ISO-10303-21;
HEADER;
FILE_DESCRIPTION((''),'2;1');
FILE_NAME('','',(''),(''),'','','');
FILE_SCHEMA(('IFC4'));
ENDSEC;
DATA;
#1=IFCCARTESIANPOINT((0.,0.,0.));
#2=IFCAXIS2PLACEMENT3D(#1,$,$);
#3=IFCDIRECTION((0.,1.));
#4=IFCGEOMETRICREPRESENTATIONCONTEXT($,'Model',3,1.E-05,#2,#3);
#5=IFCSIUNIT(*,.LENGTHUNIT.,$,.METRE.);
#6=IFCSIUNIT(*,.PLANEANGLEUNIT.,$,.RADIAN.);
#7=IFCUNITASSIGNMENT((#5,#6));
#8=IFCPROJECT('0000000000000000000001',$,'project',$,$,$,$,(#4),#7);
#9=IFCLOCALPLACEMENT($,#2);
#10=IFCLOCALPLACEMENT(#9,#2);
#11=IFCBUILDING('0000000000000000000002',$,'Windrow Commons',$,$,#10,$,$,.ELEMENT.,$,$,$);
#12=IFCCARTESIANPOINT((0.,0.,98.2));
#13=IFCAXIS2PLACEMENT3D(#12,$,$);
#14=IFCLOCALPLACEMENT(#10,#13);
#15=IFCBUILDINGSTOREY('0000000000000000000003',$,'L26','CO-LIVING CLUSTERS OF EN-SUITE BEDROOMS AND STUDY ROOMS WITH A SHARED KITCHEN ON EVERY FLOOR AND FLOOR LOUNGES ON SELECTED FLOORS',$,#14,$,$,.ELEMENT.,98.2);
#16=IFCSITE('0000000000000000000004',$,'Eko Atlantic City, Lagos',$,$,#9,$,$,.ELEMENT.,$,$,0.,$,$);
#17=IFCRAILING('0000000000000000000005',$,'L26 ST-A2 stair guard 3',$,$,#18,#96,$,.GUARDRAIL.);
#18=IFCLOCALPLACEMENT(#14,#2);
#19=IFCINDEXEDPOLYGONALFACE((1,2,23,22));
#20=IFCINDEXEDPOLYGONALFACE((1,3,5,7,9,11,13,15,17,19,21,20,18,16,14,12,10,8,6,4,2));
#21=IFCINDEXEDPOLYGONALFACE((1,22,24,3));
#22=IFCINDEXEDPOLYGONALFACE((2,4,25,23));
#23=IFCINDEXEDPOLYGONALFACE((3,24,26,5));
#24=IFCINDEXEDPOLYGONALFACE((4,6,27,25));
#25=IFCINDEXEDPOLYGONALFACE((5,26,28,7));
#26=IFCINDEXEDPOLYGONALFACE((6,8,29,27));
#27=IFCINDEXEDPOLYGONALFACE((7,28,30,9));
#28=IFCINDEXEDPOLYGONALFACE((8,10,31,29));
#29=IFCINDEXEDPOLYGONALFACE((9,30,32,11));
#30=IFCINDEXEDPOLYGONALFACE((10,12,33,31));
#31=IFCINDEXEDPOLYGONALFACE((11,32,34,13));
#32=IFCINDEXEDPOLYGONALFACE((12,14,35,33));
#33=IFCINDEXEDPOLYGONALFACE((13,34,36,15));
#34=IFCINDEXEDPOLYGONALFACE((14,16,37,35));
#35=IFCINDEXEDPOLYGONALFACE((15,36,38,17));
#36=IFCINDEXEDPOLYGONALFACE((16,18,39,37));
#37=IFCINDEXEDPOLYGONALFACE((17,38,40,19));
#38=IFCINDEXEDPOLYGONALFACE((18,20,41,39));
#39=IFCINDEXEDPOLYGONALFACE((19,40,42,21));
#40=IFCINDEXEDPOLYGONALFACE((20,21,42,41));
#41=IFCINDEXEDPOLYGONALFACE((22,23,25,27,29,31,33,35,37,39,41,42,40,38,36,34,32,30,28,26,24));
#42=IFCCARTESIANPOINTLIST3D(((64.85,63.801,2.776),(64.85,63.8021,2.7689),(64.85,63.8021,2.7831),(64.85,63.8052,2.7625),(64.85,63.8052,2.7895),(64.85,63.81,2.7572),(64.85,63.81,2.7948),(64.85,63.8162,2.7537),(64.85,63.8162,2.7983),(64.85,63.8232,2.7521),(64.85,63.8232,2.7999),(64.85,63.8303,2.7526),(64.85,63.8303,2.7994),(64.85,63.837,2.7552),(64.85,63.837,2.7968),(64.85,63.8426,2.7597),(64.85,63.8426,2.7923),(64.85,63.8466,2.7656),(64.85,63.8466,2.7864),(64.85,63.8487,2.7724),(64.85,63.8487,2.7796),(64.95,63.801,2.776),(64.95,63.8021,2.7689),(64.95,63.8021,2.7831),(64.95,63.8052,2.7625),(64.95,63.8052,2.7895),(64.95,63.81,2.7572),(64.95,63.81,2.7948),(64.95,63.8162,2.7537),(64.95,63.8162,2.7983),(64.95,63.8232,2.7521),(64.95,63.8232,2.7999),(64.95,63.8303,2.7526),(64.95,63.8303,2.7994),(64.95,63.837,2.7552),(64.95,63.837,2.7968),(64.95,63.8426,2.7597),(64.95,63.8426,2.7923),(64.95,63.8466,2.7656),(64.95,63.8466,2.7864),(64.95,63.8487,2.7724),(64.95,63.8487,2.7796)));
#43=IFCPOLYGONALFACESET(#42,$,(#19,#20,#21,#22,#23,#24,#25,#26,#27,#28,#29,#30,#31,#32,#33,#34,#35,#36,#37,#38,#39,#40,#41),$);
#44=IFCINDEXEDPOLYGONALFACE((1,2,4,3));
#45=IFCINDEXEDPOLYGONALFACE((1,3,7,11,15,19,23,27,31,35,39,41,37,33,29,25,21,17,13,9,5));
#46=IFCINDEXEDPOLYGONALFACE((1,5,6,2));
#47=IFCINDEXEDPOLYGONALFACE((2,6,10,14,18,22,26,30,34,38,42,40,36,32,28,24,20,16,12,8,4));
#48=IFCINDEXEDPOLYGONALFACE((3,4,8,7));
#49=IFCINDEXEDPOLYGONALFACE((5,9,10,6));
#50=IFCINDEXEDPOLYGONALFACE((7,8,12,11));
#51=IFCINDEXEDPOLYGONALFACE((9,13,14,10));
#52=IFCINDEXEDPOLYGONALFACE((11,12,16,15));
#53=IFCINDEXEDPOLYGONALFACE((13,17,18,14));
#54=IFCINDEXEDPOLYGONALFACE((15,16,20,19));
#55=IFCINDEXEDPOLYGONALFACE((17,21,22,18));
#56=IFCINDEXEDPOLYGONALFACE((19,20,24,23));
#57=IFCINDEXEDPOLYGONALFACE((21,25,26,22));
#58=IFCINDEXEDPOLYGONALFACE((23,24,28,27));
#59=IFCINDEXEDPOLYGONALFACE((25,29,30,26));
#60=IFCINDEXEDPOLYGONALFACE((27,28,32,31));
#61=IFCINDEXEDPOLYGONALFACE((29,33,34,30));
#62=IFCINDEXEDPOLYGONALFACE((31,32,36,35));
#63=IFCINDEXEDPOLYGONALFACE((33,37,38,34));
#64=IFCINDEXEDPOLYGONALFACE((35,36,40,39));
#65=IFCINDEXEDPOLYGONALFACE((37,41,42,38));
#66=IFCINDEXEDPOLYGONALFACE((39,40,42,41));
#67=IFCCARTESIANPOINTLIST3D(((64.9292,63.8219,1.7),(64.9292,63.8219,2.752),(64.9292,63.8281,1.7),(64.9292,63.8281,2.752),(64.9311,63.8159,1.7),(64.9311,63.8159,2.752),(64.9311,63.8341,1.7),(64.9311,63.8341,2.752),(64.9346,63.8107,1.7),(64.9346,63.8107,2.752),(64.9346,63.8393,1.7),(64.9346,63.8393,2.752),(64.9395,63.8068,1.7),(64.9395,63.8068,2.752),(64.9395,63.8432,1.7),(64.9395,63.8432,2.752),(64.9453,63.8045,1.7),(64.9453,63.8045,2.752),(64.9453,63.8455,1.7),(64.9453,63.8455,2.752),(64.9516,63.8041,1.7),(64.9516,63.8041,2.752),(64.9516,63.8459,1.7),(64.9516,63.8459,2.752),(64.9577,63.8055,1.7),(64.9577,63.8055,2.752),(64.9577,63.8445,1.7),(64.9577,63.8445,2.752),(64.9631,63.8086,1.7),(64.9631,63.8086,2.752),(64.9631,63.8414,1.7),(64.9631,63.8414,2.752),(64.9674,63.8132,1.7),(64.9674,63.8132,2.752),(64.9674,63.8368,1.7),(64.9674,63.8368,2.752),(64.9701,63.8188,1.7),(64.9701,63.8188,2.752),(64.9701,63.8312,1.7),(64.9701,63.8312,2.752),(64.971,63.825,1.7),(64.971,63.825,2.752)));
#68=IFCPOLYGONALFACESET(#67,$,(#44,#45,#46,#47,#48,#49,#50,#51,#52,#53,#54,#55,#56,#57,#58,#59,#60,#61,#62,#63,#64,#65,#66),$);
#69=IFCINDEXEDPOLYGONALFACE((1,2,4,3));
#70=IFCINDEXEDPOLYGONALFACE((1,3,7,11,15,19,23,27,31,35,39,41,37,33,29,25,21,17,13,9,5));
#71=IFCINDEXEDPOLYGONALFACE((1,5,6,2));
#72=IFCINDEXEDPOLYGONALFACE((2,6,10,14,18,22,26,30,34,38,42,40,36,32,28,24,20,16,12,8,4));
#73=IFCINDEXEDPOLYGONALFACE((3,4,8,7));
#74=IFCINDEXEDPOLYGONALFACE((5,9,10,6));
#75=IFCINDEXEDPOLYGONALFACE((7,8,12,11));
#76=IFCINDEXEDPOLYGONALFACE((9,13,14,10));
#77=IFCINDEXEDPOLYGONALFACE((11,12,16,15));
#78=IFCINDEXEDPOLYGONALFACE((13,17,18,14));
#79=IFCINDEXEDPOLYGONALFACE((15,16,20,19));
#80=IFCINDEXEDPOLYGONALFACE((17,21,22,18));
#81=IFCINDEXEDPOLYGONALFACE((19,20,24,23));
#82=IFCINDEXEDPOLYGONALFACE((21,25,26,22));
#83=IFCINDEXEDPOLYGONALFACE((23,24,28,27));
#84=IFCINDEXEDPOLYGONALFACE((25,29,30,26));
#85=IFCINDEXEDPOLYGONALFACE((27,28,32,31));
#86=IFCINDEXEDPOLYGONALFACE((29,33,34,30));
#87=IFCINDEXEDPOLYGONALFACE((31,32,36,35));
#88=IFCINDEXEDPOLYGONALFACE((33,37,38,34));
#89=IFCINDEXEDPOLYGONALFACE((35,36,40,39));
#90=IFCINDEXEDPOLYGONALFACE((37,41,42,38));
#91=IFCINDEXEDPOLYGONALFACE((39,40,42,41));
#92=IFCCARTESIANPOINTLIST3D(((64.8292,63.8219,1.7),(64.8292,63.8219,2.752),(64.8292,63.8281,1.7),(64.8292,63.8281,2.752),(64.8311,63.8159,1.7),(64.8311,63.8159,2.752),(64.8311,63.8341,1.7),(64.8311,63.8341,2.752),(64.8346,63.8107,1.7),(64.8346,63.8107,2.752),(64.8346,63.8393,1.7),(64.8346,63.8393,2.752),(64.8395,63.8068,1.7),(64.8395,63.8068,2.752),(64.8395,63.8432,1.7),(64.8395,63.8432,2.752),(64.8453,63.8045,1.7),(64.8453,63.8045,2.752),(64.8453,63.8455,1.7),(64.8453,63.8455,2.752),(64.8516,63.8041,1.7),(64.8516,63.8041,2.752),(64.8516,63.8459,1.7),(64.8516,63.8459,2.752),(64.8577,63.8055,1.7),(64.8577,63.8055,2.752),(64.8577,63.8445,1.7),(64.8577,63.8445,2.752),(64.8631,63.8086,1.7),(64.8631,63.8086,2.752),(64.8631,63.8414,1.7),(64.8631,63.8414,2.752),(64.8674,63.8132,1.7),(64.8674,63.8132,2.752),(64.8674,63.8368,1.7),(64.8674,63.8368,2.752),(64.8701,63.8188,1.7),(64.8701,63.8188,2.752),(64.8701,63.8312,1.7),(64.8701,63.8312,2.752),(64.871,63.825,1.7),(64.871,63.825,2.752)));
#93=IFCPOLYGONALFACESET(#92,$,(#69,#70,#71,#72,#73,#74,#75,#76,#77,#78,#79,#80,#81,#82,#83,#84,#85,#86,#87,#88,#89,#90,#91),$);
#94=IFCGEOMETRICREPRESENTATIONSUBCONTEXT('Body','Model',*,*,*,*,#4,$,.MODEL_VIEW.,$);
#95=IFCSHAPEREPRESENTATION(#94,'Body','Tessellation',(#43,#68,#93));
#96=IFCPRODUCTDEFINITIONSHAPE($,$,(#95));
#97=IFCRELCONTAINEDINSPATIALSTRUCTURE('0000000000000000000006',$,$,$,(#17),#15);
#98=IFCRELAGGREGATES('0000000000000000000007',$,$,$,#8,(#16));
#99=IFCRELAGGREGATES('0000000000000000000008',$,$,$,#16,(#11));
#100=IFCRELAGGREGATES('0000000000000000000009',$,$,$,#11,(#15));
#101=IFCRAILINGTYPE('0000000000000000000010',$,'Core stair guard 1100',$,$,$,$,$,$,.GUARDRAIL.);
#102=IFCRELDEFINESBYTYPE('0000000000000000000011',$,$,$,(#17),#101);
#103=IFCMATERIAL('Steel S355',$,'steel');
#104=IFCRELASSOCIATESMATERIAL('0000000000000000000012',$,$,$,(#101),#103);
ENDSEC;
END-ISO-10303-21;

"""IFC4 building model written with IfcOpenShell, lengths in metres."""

from ifc_helpers import new_model, si_unit, direction, frame, origin, origin_2d, place, context, subcontext, project, spatial, circle, extrude, material, type_object, element, save


model = new_model("IFC4")

# Units and contexts
model_context = context("Model", 3, precision=1e-05, world=origin(), true_north=direction((0.0, 1.0)))
body_context = subcontext(model_context, "Body", "Model", "MODEL_VIEW")
ifc_project = project(units=[si_unit("LENGTHUNIT", "METRE"), si_unit("PLANEANGLEUNIT", "RADIAN")], contexts=[model_context])

# Site, building, storey
site_placement = place(None, origin())
site = spatial("IfcSite", under=ifc_project, at=site_placement, Name="Eko Atlantic City, Lagos", CompositionType="ELEMENT", RefElevation=0.0)
building_placement = place(site_placement, origin())
building = spatial("IfcBuilding", under=site, at=building_placement, Name="Windrow Commons", CompositionType="ELEMENT")
storey_placement = place(building_placement, frame((0.0, 0.0, 98.2)))
storey = spatial("IfcBuildingStorey", under=building, at=storey_placement, Name="L26", Description="CO-LIVING CLUSTERS OF EN-SUITE BEDROOMS AND STUDY ROOMS WITH A SHARED KITCHEN ON EVERY FLOOR AND FLOOR LOUNGES ON SELECTED FLOORS", CompositionType="ELEMENT", Elevation=98.2)

# Railing
ifc_material_1 = material(Name="Steel S355", Category="steel")
railing_type_1 = type_object("IfcRailingType", Name="Core stair guard 1100", PredefinedType="GUARDRAIL", material=ifc_material_1)
railing_1_placement = place(storey_placement, frame((64.95, 63.825, 1.7)))
element("IfcRailing", 1, at=railing_1_placement, inside=storey, type_object=railing_type_1, Name="L26 ST-A2 stair guard 3", PredefinedType="GUARDRAIL", context=body_context, shape_type="SweptSolid", body=[
    extrude(circle(Radius=0.024, at=origin_2d()), frame((0.0, 0.0, 1.076), z_axis=(-1.0, 0.0, 0.0), x_axis=(0.0, -1.0, 0.0)), (0.0, 0.0, 1.0), 0.1),
    extrude(circle(Radius=0.021, at=origin_2d()), origin(), (0.0, 0.0, 1.0), 1.052),
    extrude(circle(Radius=0.021, at=origin_2d()), frame((-0.1, 0.0, 0.0)), (0.0, 0.0, 1.0), 1.052),
])

save(model, "model.ifc")
